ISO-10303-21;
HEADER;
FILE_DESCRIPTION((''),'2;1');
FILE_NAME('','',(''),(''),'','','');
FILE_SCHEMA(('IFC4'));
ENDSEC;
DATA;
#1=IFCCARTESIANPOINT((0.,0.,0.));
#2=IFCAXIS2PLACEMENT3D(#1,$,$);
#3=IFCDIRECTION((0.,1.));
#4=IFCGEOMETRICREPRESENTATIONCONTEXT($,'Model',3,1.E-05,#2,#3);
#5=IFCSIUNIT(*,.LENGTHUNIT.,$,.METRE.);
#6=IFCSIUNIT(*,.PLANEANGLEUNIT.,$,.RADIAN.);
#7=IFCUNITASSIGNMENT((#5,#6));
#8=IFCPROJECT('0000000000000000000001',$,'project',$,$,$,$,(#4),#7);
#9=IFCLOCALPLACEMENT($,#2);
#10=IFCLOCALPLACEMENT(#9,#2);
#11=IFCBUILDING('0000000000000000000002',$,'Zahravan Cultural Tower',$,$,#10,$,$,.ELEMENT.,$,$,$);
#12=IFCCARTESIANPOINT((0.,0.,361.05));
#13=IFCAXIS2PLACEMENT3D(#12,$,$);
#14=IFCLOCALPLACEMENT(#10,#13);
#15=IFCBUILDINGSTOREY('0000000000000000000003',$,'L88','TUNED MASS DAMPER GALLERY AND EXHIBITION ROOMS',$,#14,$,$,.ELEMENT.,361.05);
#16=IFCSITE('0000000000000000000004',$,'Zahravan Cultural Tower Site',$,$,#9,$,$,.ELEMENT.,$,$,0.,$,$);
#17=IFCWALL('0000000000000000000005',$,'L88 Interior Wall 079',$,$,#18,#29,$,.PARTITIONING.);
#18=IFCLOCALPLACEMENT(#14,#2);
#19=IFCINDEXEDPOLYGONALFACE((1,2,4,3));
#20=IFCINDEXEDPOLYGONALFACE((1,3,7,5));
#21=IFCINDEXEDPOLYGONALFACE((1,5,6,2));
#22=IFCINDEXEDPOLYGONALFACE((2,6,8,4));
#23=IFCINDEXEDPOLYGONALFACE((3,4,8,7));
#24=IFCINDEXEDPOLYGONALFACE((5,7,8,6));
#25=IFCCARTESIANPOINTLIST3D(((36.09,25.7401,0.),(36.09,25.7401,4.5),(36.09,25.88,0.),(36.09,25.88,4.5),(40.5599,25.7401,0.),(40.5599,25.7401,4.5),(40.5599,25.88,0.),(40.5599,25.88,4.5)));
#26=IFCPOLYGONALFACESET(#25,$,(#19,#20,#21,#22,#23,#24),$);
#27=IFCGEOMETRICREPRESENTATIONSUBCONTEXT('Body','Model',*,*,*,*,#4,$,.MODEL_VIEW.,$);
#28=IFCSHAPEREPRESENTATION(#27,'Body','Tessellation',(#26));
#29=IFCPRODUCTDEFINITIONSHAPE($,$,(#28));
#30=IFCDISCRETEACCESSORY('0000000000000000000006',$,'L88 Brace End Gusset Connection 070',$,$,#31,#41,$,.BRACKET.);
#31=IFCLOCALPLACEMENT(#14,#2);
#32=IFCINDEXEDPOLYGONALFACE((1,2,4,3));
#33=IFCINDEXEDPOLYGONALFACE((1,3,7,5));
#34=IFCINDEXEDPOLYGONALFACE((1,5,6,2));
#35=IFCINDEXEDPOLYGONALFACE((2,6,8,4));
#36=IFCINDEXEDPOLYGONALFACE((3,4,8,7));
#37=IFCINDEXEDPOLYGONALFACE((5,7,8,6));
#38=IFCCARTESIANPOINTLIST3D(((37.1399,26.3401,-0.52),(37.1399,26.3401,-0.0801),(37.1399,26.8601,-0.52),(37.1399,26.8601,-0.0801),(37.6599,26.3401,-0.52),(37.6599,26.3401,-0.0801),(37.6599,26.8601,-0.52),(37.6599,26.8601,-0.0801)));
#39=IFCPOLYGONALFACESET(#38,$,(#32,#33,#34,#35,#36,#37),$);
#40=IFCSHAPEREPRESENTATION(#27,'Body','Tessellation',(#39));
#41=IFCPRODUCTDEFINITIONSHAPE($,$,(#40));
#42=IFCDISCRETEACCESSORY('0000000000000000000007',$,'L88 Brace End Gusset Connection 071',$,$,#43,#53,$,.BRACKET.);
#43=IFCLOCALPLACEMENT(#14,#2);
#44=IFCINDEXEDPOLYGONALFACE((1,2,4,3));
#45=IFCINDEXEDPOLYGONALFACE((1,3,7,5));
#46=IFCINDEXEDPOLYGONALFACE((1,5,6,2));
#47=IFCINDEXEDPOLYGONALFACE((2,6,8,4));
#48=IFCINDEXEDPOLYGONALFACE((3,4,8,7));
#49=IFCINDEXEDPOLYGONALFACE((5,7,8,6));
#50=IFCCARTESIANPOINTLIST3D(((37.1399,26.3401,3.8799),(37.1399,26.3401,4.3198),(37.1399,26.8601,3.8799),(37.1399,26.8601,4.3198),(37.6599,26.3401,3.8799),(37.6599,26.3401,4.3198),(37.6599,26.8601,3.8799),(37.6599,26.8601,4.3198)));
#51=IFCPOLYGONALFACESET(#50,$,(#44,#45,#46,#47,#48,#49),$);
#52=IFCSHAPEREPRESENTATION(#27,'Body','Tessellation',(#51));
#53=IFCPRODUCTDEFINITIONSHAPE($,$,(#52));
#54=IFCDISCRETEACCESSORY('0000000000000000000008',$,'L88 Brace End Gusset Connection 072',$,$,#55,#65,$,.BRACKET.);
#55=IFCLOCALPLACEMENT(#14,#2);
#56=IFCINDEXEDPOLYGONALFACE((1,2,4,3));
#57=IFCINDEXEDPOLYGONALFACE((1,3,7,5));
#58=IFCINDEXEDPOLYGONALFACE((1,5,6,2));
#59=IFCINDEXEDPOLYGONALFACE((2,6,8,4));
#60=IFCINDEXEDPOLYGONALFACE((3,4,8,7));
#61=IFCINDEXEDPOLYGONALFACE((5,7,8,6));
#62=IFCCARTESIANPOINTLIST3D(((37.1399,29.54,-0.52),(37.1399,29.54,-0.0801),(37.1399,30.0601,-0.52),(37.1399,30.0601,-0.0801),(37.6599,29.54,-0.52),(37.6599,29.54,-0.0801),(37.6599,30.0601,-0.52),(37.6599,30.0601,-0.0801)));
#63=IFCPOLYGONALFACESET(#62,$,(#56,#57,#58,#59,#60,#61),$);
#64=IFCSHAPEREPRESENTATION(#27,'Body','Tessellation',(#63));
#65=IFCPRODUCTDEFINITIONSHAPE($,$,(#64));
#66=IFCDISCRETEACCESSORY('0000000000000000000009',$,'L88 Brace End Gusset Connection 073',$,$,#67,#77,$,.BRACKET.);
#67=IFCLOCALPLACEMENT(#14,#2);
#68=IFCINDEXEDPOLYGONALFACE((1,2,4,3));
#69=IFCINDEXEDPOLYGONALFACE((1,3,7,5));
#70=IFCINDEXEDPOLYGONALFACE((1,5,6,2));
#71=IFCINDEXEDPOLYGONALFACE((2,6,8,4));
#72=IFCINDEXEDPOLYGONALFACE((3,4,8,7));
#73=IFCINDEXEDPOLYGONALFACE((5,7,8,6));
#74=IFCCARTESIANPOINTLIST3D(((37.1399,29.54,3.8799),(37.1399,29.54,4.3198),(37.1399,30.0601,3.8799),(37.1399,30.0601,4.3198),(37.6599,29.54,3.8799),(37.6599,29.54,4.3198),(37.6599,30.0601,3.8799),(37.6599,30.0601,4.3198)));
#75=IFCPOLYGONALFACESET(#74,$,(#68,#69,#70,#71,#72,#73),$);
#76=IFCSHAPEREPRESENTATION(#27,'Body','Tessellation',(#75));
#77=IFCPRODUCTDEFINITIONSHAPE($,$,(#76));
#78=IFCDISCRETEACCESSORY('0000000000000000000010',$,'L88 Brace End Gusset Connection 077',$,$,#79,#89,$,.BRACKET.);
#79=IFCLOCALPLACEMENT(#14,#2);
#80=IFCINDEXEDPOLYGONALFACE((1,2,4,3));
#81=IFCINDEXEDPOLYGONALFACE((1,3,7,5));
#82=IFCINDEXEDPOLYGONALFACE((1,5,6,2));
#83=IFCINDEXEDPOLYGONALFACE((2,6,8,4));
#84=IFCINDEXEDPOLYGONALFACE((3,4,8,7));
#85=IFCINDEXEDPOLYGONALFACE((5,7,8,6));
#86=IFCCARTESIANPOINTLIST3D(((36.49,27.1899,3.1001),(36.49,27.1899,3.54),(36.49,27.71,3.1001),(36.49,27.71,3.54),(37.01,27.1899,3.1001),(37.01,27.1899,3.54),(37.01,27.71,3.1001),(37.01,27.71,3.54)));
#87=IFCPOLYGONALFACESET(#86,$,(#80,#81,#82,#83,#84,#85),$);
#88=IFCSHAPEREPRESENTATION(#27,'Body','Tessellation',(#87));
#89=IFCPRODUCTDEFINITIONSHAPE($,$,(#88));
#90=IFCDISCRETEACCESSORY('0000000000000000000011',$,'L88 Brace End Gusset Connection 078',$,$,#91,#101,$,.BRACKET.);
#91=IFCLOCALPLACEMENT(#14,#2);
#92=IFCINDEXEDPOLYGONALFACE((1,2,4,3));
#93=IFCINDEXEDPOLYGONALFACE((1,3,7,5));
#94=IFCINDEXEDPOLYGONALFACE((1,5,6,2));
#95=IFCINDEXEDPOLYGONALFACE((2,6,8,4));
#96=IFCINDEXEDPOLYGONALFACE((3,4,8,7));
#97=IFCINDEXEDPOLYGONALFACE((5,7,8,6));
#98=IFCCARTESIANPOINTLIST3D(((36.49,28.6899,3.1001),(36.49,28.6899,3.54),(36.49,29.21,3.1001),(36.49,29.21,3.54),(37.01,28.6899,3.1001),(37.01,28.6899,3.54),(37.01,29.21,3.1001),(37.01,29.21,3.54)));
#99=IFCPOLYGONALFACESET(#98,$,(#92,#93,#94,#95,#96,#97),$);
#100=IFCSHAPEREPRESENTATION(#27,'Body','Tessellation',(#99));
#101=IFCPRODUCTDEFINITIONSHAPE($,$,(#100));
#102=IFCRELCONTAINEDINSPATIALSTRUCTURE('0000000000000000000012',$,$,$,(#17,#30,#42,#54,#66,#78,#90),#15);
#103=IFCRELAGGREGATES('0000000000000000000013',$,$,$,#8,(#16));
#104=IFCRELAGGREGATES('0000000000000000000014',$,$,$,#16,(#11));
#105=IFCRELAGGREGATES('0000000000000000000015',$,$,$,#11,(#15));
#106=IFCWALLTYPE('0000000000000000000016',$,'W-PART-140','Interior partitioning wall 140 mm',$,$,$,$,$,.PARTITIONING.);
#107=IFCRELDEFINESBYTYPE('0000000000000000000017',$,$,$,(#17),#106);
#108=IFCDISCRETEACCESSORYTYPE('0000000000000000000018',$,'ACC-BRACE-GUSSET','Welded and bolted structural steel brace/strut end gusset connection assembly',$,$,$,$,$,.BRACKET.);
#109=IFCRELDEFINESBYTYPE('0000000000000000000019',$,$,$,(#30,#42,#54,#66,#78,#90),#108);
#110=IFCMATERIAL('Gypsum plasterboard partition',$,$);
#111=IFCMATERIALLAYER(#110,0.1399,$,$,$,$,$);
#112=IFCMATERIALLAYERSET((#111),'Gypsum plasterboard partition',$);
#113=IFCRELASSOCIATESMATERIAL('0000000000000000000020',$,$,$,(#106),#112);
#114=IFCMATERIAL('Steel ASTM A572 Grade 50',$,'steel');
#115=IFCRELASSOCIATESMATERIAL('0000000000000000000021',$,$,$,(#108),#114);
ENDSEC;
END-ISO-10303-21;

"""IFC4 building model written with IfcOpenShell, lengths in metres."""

from ifc_helpers import new_model, si_unit, direction, frame, frame_2d, origin, origin_2d, place, context, subcontext, project, spatial, rectangle, extrude, source, transform, mapped, material, layer, layer_set, type_object, element, save


model = new_model("IFC4")

# Units and contexts
model_context = context("Model", 3, precision=1e-05, world=origin(), true_north=direction((0.0, 1.0)))
body_context = subcontext(model_context, "Body", "Model", "MODEL_VIEW")
ifc_project = project(units=[si_unit("LENGTHUNIT", "METRE"), si_unit("PLANEANGLEUNIT", "RADIAN")], contexts=[model_context])

# Site, building, storey
site_placement = place(None, origin())
site = spatial("IfcSite", under=ifc_project, at=site_placement, Name="Zahravan Cultural Tower Site", CompositionType="ELEMENT", RefElevation=0.0)
building_placement = place(site_placement, origin())
building = spatial("IfcBuilding", under=site, at=building_placement, Name="Zahravan Cultural Tower", CompositionType="ELEMENT")
storey_placement = place(building_placement, frame((0.0, 0.0, 361.05)))
storey = spatial("IfcBuildingStorey", under=building, at=storey_placement, Name="L88", Description="TUNED MASS DAMPER GALLERY AND EXHIBITION ROOMS", CompositionType="ELEMENT", Elevation=361.05)

# Shared definitions
ifc_material_1 = material(Name="Steel ASTM A572 Grade 50", Category="steel")

# Shared definitions
ifc_material_2 = material(Name="Gypsum plasterboard partition")

# Wall
ifc_layer_1 = layer(ifc_material_2, 0.1399)
ifc_layer_set_1 = layer_set([ifc_layer_1], Name="Gypsum plasterboard partition")
wall_type_1 = type_object("IfcWallType", Name="W-PART-140", Description="Interior partitioning wall 140 mm", PredefinedType="PARTITIONING", material=ifc_layer_set_1)
shared_shape_1 = source(origin(), body_context, "Body", "SweptSolid", [
    extrude(rectangle(XDim=4.47, YDim=0.1399, at=frame_2d((2.2349, 0.0))), origin(), (0.0, 0.0, 1.0), 4.5),
])
wall_1_placement = place(storey_placement, frame((36.0901, 25.8101, 0.0), z_axis=(0.0, 0.0, 1.0), x_axis=(1.0, 0.0, 0.0)))
element("IfcWall", 1, at=wall_1_placement, inside=storey, type_object=wall_type_1, Name="L88 Interior Wall 079", PredefinedType="PARTITIONING", context=body_context, shape_type="MappedRepresentation", body=[
    mapped(shared_shape_1, transform((0.0, 0.0, 0.0), x_axis=(1.0, 0.0, 0.0), y_axis=(0.0, 1.0, 0.0), z_axis=(0.0, 0.0, 1.0), scale=1.0)),
])

# Discrete accessories
discrete_accessory_type = type_object("IfcDiscreteAccessoryType", Name="ACC-BRACE-GUSSET", Description="Welded and bolted structural steel brace/strut end gusset connection assembly", PredefinedType="BRACKET", material=ifc_material_1)
shared_shape_2 = source(origin(), body_context, "Body", "SweptSolid", [
    extrude(rectangle(XDim=0.52, YDim=0.52, at=origin_2d()), origin(), (0.0, 0.0, 1.0), 0.4399),
])
for number, where, z_axis, x_axis, name in (
    (2, (37.3999, 26.6001, -0.52), (0.0, 0.0, 1.0), (1.0, 0.0, 0.0), "L88 Brace End Gusset Connection 070"),
    (3, (37.3999, 26.6001, 3.8799), (0.0, 0.0, 1.0), (1.0, 0.0, 0.0), "L88 Brace End Gusset Connection 071"),
    (4, (37.3999, 29.8, -0.52), (0.0, 0.0, 1.0), (1.0, 0.0, 0.0), "L88 Brace End Gusset Connection 072"),
    (5, (37.3999, 29.8, 3.8799), (0.0, 0.0, 1.0), (1.0, 0.0, 0.0), "L88 Brace End Gusset Connection 073"),
    (6, (36.75, 27.45, 3.1001), (0.0, 0.0, 1.0), (1.0, 0.0, 0.0), "L88 Brace End Gusset Connection 077"),
    (7, (36.75, 28.95, 3.1001), (0.0, 0.0, 1.0), (1.0, 0.0, 0.0), "L88 Brace End Gusset Connection 078"),
):
    element("IfcDiscreteAccessory", number, at=place(storey_placement, frame(where, z_axis=z_axis, x_axis=x_axis)), inside=storey, type_object=discrete_accessory_type, Name=name, PredefinedType="BRACKET", context=body_context, shape_type="MappedRepresentation", body=[
        mapped(shared_shape_2, transform((0.0, 0.0, 0.0), x_axis=(1.0, 0.0, 0.0), y_axis=(0.0, 1.0, 0.0), z_axis=(0.0, 0.0, 1.0), scale=1.0)),
    ])

save(model, "model.ifc")
